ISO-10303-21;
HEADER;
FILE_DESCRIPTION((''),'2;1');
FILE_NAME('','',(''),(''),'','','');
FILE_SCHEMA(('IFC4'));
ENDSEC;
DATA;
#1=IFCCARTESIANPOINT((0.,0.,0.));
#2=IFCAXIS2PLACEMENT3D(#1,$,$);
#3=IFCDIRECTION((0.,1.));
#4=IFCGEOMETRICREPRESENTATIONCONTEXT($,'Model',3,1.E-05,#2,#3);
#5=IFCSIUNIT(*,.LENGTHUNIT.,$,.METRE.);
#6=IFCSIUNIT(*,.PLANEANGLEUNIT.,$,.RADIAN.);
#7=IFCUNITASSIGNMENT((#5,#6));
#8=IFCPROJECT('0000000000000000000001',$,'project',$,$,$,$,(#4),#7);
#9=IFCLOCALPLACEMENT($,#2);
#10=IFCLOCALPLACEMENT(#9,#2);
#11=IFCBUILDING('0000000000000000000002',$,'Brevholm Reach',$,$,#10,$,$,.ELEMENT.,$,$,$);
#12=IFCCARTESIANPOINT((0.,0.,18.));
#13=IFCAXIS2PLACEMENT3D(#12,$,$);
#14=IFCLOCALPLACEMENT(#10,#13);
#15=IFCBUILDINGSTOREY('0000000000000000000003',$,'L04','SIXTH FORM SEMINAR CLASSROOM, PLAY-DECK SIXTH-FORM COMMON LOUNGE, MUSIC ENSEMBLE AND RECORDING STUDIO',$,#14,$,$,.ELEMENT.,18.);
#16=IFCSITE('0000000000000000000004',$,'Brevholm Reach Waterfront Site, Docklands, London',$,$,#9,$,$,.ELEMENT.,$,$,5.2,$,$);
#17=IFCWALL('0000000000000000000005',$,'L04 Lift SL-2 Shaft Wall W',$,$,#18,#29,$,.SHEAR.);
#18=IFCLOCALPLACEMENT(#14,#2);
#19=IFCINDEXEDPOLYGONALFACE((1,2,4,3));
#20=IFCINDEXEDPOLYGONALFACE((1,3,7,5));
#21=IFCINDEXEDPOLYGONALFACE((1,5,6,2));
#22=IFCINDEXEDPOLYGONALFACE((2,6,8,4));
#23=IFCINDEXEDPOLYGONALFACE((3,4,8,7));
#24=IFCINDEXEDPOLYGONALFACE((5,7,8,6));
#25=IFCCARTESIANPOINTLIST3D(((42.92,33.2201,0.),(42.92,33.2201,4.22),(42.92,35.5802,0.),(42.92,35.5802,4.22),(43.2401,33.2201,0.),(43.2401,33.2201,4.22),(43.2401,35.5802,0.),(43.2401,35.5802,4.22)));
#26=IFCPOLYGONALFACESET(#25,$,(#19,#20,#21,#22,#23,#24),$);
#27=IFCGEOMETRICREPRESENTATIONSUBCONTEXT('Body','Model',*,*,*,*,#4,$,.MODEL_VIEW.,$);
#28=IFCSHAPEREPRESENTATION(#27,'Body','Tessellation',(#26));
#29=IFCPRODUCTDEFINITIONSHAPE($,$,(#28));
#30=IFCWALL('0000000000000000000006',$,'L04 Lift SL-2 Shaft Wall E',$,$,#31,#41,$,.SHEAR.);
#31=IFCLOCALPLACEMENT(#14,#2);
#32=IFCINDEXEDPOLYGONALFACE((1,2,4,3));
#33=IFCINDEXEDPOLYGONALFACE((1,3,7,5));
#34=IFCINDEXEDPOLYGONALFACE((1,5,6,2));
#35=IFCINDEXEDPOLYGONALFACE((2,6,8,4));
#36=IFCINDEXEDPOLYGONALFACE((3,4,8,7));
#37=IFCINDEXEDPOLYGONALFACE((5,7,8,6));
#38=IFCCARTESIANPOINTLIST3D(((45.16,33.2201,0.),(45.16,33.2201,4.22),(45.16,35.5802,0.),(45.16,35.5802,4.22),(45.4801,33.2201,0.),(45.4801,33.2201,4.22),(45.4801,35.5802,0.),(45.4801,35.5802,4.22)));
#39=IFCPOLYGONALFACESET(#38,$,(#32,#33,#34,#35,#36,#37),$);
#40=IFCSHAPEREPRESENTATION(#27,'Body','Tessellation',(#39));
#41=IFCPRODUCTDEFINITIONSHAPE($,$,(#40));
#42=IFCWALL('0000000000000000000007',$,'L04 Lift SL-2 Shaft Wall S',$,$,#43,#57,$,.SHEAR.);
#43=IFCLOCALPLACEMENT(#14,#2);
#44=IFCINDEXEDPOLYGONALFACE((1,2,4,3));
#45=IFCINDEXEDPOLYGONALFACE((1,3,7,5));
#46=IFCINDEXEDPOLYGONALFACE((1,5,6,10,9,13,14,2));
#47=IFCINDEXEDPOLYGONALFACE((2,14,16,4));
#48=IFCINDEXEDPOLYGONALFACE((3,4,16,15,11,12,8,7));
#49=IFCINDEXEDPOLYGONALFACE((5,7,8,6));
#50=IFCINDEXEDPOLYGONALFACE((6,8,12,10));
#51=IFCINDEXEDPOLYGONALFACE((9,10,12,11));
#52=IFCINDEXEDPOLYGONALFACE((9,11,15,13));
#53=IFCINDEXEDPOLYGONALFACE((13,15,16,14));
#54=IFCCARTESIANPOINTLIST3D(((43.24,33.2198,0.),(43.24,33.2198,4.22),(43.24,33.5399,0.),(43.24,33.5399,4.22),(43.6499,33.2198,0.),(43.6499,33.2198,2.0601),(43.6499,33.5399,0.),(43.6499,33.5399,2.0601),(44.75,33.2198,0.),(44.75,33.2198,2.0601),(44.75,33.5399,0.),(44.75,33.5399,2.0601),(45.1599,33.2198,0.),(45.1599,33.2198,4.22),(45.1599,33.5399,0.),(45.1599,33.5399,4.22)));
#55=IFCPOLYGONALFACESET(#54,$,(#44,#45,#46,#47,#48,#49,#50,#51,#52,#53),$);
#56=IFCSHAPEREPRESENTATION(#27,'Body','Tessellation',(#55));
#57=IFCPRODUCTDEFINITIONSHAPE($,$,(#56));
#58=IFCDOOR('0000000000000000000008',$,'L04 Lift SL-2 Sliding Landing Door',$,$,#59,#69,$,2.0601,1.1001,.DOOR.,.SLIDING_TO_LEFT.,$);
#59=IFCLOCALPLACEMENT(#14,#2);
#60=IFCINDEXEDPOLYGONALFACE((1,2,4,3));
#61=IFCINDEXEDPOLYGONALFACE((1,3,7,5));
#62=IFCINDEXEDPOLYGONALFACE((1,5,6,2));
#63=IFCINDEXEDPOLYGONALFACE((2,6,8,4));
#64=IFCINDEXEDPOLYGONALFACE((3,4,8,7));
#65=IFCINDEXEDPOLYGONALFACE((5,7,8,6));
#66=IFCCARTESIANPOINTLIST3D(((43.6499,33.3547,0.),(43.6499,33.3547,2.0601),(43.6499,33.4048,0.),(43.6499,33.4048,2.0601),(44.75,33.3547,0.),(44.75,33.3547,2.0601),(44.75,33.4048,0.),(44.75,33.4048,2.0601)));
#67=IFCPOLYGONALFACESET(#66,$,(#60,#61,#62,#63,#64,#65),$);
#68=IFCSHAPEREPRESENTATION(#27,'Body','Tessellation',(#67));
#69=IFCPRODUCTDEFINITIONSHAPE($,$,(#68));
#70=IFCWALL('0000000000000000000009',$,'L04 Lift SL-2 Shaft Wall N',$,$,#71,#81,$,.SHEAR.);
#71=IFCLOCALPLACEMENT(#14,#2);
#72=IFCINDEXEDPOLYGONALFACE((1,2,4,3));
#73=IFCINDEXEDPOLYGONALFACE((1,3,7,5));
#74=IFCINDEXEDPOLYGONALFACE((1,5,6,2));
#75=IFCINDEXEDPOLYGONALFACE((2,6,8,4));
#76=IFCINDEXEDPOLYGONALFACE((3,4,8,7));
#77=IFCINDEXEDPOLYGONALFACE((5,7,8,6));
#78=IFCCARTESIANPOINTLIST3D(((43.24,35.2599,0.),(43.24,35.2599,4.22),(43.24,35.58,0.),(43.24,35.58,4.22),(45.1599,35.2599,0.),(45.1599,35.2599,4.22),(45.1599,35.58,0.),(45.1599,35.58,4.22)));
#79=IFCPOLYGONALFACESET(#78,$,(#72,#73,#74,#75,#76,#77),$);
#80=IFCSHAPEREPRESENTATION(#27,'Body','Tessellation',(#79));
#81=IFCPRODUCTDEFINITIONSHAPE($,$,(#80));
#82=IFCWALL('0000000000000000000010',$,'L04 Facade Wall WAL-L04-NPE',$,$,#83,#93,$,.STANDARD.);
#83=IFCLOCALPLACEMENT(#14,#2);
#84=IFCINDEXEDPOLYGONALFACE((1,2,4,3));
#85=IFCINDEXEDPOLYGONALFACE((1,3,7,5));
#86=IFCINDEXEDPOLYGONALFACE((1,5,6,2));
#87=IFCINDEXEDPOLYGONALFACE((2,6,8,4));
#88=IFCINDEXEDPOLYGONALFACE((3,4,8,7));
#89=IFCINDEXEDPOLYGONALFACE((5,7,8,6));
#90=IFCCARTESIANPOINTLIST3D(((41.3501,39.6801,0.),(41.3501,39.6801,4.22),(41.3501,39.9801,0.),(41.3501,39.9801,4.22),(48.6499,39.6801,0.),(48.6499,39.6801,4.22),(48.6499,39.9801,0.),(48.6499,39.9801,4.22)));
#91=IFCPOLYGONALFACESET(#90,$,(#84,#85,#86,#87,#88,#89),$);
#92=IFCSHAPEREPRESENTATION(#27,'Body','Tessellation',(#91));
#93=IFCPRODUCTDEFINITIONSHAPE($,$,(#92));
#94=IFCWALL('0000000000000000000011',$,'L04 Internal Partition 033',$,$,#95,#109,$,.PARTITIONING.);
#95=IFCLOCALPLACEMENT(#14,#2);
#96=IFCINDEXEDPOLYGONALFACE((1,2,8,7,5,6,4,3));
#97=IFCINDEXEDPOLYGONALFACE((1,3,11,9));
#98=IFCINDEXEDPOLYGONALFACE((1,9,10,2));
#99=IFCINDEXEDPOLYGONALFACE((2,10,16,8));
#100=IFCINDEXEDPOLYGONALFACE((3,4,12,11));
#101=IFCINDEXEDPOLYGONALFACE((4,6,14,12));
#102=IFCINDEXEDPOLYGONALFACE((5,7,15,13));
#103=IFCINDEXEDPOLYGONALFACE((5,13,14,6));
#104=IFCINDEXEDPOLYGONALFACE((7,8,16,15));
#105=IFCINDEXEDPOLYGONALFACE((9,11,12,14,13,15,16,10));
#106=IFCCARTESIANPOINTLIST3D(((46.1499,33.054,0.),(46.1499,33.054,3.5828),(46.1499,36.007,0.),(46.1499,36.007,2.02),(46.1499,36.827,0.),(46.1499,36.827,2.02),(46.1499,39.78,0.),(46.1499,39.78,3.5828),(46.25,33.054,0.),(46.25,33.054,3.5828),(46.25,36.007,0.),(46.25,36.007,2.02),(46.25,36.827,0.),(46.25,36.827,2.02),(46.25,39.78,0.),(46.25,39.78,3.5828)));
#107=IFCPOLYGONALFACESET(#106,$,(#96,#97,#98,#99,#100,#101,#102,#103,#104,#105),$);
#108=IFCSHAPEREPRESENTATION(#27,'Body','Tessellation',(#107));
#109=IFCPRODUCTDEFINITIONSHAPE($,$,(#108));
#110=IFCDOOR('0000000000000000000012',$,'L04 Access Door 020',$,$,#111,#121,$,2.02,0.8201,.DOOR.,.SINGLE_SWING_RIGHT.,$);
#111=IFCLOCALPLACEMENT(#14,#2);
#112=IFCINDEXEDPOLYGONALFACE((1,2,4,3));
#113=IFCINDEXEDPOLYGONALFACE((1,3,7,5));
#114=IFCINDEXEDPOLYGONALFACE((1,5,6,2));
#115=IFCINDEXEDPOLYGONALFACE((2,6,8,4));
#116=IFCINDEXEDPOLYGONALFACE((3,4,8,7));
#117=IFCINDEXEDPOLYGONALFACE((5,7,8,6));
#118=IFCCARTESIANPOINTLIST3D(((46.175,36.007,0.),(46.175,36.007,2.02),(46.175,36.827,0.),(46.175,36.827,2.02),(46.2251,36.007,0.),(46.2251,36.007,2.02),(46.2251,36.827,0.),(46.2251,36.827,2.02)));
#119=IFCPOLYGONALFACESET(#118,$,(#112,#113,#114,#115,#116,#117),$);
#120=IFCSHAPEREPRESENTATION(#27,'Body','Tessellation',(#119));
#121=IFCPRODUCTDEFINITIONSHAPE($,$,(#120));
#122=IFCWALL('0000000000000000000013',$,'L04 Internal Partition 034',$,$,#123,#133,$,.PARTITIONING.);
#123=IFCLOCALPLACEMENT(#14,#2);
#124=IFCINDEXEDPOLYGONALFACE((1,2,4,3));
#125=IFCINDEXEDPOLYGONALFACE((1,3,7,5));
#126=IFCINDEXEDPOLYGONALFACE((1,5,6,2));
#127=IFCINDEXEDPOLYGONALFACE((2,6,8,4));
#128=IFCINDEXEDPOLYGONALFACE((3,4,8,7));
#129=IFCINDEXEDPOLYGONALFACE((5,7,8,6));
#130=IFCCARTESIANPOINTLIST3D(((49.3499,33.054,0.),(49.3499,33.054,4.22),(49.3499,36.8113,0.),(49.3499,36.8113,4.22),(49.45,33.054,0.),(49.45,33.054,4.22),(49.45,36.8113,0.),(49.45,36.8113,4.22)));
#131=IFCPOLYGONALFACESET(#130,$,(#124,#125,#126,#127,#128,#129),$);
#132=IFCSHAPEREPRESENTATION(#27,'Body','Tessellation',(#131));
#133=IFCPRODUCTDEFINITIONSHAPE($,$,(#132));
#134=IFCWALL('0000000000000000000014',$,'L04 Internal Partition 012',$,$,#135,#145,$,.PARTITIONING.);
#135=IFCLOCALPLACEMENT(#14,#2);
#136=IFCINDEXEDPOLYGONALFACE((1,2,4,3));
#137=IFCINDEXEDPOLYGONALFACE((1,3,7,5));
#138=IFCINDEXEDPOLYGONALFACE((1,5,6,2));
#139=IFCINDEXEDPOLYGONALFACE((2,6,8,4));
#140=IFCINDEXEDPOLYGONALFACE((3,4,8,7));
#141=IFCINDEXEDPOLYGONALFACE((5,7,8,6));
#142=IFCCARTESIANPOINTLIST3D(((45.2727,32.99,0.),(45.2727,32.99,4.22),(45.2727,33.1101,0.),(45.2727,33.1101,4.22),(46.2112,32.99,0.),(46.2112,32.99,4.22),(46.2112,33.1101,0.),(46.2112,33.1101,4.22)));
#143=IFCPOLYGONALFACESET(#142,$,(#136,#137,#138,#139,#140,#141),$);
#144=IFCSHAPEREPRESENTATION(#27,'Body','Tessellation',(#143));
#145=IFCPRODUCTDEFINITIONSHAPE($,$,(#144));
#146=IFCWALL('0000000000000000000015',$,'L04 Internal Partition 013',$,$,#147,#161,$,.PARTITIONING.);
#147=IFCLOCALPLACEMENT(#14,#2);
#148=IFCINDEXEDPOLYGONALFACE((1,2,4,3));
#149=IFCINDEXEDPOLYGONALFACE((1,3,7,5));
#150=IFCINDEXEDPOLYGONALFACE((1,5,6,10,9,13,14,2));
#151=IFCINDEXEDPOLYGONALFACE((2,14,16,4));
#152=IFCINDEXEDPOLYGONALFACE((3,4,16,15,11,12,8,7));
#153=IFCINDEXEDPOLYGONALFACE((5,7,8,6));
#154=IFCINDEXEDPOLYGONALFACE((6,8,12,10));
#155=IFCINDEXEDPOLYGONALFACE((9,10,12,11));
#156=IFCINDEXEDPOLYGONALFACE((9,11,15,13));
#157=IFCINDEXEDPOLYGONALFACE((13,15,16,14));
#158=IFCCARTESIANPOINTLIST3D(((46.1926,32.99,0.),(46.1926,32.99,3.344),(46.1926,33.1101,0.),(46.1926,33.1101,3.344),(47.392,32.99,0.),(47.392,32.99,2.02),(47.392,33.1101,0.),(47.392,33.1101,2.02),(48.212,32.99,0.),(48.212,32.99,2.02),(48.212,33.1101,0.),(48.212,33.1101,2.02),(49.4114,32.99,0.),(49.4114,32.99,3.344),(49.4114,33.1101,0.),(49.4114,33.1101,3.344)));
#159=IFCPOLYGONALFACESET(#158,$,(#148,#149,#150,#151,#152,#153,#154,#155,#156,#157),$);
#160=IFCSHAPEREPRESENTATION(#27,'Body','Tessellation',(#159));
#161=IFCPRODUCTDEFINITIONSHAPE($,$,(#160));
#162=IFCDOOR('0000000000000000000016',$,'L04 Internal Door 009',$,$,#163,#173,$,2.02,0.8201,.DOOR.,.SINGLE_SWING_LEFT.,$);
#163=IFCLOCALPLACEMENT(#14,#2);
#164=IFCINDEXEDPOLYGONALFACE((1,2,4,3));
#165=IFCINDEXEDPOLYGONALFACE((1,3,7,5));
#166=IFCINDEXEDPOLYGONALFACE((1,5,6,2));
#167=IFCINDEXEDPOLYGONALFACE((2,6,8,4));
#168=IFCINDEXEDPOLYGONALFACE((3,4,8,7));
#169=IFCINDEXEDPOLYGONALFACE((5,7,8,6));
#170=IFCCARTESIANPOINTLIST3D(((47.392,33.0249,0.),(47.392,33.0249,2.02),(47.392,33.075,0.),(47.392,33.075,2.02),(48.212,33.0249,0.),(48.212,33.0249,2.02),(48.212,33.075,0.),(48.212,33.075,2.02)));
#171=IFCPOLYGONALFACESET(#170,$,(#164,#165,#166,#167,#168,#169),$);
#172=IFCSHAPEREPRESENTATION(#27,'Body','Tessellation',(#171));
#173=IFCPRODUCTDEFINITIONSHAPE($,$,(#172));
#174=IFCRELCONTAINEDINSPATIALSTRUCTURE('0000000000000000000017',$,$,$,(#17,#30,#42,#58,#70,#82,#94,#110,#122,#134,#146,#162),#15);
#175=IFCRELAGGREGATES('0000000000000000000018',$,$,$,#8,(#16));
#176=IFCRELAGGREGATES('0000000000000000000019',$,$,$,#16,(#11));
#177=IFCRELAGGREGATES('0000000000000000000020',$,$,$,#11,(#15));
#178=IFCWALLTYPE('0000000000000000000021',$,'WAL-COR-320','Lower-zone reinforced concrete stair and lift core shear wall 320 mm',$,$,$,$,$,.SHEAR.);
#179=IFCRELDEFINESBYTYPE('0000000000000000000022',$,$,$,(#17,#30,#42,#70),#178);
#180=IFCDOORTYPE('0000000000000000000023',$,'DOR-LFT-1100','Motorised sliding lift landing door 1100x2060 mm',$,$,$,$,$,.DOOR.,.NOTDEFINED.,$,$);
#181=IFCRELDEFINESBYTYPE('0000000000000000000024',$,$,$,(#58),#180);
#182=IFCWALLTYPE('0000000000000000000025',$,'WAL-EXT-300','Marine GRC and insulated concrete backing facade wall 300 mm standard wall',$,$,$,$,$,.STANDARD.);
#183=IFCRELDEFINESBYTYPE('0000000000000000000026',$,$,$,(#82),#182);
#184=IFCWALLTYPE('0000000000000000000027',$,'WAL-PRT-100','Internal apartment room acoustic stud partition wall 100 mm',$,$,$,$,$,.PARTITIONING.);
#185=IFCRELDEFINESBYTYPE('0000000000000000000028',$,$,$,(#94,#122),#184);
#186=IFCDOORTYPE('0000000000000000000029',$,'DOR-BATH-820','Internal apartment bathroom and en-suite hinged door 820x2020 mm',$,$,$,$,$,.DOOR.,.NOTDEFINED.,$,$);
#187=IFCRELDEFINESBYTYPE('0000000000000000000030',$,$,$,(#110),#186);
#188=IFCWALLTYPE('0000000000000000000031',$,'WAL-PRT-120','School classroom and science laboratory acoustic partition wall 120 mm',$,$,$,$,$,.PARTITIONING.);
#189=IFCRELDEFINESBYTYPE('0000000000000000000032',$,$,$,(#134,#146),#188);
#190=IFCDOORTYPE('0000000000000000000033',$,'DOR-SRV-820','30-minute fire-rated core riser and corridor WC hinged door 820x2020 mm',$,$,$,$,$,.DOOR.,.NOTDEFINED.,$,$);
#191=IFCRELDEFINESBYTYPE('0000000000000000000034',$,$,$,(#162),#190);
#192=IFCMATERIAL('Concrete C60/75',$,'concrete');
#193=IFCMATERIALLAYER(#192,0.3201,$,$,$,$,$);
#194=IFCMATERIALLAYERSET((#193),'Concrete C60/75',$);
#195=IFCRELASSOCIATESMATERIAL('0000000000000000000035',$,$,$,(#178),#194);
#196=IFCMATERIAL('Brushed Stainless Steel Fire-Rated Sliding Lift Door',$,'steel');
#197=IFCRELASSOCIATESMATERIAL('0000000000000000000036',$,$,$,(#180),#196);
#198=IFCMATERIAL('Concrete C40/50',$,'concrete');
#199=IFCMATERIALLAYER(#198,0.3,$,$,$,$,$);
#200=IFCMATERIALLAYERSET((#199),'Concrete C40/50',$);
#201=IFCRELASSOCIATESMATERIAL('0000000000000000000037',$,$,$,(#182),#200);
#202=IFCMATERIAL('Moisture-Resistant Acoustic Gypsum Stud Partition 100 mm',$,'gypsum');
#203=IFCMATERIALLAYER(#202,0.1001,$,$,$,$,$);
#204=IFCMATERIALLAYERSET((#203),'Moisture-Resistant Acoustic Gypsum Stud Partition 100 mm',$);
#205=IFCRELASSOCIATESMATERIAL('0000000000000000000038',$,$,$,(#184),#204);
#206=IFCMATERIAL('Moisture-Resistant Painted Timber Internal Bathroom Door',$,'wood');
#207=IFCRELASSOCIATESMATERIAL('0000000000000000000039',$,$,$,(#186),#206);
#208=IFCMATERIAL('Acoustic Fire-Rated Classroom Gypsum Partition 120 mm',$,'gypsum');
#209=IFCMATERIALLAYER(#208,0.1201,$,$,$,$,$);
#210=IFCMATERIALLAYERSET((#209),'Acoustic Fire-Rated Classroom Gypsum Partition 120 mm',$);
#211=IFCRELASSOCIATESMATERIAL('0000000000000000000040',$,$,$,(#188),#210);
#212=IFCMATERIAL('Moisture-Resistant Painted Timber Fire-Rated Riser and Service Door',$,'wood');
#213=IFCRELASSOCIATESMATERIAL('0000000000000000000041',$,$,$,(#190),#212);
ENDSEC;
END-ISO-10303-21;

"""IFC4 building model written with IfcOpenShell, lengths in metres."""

from ifc_helpers import new_model, si_unit, direction, frame, frame_2d, origin, place, context, subcontext, project, spatial, rectangle, extrude, material, layer, layer_set, type_object, element, fill, save


model = new_model("IFC4")

# Units and contexts
model_context = context("Model", 3, precision=1e-05, world=origin(), true_north=direction((0.0, 1.0)))
body_context = subcontext(model_context, "Body", "Model", "MODEL_VIEW")
ifc_project = project(units=[si_unit("LENGTHUNIT", "METRE"), si_unit("PLANEANGLEUNIT", "RADIAN")], contexts=[model_context])

# Site, building, storey
site_placement = place(None, origin())
site = spatial("IfcSite", under=ifc_project, at=site_placement, Name="Brevholm Reach Waterfront Site, Docklands, London", CompositionType="ELEMENT", RefElevation=5.2)
building_placement = place(site_placement, origin())
building = spatial("IfcBuilding", under=site, at=building_placement, Name="Brevholm Reach", CompositionType="ELEMENT")
storey_placement = place(building_placement, frame((0.0, 0.0, 18.0)))
storey = spatial("IfcBuildingStorey", under=building, at=storey_placement, Name="L04", Description="SIXTH FORM SEMINAR CLASSROOM, PLAY-DECK SIXTH-FORM COMMON LOUNGE, MUSIC ENSEMBLE AND RECORDING STUDIO", CompositionType="ELEMENT", Elevation=18.0)

# Walls
ifc_material_1 = material(Name="Concrete C60/75", Category="concrete")
ifc_layer_1 = layer(ifc_material_1, 0.3201)
ifc_layer_set_1 = layer_set([ifc_layer_1], Name="Concrete C60/75")
wall_type_1 = type_object("IfcWallType", Name="WAL-COR-320", Description="Lower-zone reinforced concrete stair and lift core shear wall 320 mm", PredefinedType="SHEAR", material=ifc_layer_set_1)
for number, where, z_axis, x_axis, name in (
    (1, (43.0801, 33.22, 0.0), (0.0, 0.0, 1.0), (0.0, 1.0, 0.0), "L04 Lift SL-2 Shaft Wall W"),
    (2, (45.3201, 33.22, 0.0), (0.0, 0.0, 1.0), (0.0, 1.0, 0.0), "L04 Lift SL-2 Shaft Wall E"),
):
    element("IfcWall", number, at=place(storey_placement, frame(where, z_axis=z_axis, x_axis=x_axis)), inside=storey, type_object=wall_type_1, Name=name, PredefinedType="SHEAR", context=body_context, shape_type="SweptSolid", body=[
        extrude(rectangle(XDim=2.3601, YDim=0.3201, at=frame_2d((1.1802, 0.0))), origin(), (0.0, 0.0, 1.0), 4.22),
    ])

# Wall, opening, door
wall_1_placement = place(storey_placement, frame((43.24, 33.3799, 0.0), z_axis=(0.0, 0.0, 1.0), x_axis=(1.0, 0.0, 0.0)))
wall_1 = element("IfcWall", 3, at=wall_1_placement, inside=storey, type_object=wall_type_1, Name="L04 Lift SL-2 Shaft Wall S", PredefinedType="SHEAR", context=body_context, shape_type="SweptSolid", body=[
    extrude(rectangle(XDim=1.9199, YDim=0.3201, at=frame_2d((0.96, 0.0))), origin(), (0.0, 0.0, 1.0), 4.22),
])
opening_1_placement = place(wall_1_placement, frame((0.4099, 0.0, 0.0)))
opening_1 = element("IfcOpeningElement", 4, at=opening_1_placement, cuts=wall_1, PredefinedType="OPENING", context=body_context, shape_type="SweptSolid", body=[
    extrude(rectangle(XDim=1.1001, YDim=2.0601, at=frame_2d((0.55, 1.03))), frame((0.0, 0.1699, 0.0), z_axis=(0.0, -1.0, 0.0), x_axis=(1.0, 0.0, 0.0)), (0.0, 0.0, 1.0), 0.3401),
])
ifc_material_2 = material(Name="Brushed Stainless Steel Fire-Rated Sliding Lift Door", Category="steel")
door_type_1 = type_object("IfcDoorType", Name="DOR-LFT-1100", Description="Motorised sliding lift landing door 1100x2060 mm", OperationType="NOTDEFINED", PredefinedType="DOOR", material=ifc_material_2)
door_1_placement = place(opening_1_placement, origin())
door_1 = element("IfcDoor", 5, at=door_1_placement, inside=storey, type_object=door_type_1, Name="L04 Lift SL-2 Sliding Landing Door", OperationType="SLIDING_TO_LEFT", OverallHeight=2.0601, OverallWidth=1.1001, PredefinedType="DOOR", context=body_context, shape_type="SweptSolid", body=[
    extrude(rectangle(XDim=1.1001, YDim=2.0601, at=frame_2d((0.55, 1.03))), frame((0.0, 0.0249, 0.0), z_axis=(0.0, -1.0, 0.0), x_axis=(1.0, 0.0, 0.0)), (0.0, 0.0, 1.0), 0.05),
])
fill(opening_1, door_1)

# Walls
wall_2_placement = place(storey_placement, frame((43.24, 35.4199, 0.0), z_axis=(0.0, 0.0, 1.0), x_axis=(1.0, 0.0, 0.0)))
element("IfcWall", 6, at=wall_2_placement, inside=storey, type_object=wall_type_1, Name="L04 Lift SL-2 Shaft Wall N", PredefinedType="SHEAR", context=body_context, shape_type="SweptSolid", body=[
    extrude(rectangle(XDim=1.9199, YDim=0.3201, at=frame_2d((0.96, 0.0))), origin(), (0.0, 0.0, 1.0), 4.22),
])
ifc_material_3 = material(Name="Concrete C40/50", Category="concrete")
ifc_layer_2 = layer(ifc_material_3, 0.3)
ifc_layer_set_2 = layer_set([ifc_layer_2], Name="Concrete C40/50")
wall_type_2 = type_object("IfcWallType", Name="WAL-EXT-300", Description="Marine GRC and insulated concrete backing facade wall 300 mm standard wall", PredefinedType="STANDARD", material=ifc_layer_set_2)
wall_3_placement = place(storey_placement, frame((41.3501, 39.8301, 0.0), z_axis=(0.0, 0.0, 1.0), x_axis=(1.0, 0.0, 0.0)))
element("IfcWall", 7, at=wall_3_placement, inside=storey, type_object=wall_type_2, Name="L04 Facade Wall WAL-L04-NPE", PredefinedType="STANDARD", context=body_context, shape_type="SweptSolid", body=[
    extrude(rectangle(XDim=7.2998, YDim=0.3, at=frame_2d((3.6499, 0.0))), origin(), (0.0, 0.0, 1.0), 4.22),
])

# Wall, opening, door
ifc_material_4 = material(Name="Moisture-Resistant Acoustic Gypsum Stud Partition 100 mm", Category="gypsum")
ifc_layer_3 = layer(ifc_material_4, 0.1001)
ifc_layer_set_3 = layer_set([ifc_layer_3], Name="Moisture-Resistant Acoustic Gypsum Stud Partition 100 mm")
wall_type_3 = type_object("IfcWallType", Name="WAL-PRT-100", Description="Internal apartment room acoustic stud partition wall 100 mm", PredefinedType="PARTITIONING", material=ifc_layer_set_3)
wall_4_placement = place(storey_placement, frame((46.2, 33.054, 0.0), z_axis=(0.0, 0.0, 1.0), x_axis=(0.0, 1.0, 0.0)))
wall_4 = element("IfcWall", 8, at=wall_4_placement, inside=storey, type_object=wall_type_3, Name="L04 Internal Partition 033", PredefinedType="PARTITIONING", context=body_context, shape_type="SweptSolid", body=[
    extrude(rectangle(XDim=6.7261, YDim=0.1001, at=frame_2d((3.363, 0.0))), origin(), (0.0, 0.0, 1.0), 3.5828),
])
opening_2_placement = place(wall_4_placement, frame((2.9529, 0.0, 0.0)))
opening_2 = element("IfcOpeningElement", 9, at=opening_2_placement, cuts=wall_4, PredefinedType="OPENING", context=body_context, shape_type="SweptSolid", body=[
    extrude(rectangle(XDim=0.8201, YDim=2.02, at=frame_2d((0.4102, 1.01))), frame((0.0, 0.0601, 0.0), z_axis=(0.0, -1.0, 0.0), x_axis=(1.0, 0.0, 0.0)), (0.0, 0.0, 1.0), 0.1201),
])
ifc_material_5 = material(Name="Moisture-Resistant Painted Timber Internal Bathroom Door", Category="wood")
door_type_2 = type_object("IfcDoorType", Name="DOR-BATH-820", Description="Internal apartment bathroom and en-suite hinged door 820x2020 mm", OperationType="NOTDEFINED", PredefinedType="DOOR", material=ifc_material_5)
door_2_placement = place(opening_2_placement, origin())
door_2 = element("IfcDoor", 10, at=door_2_placement, inside=storey, type_object=door_type_2, Name="L04 Access Door 020", OperationType="SINGLE_SWING_RIGHT", OverallHeight=2.02, OverallWidth=0.8201, PredefinedType="DOOR", context=body_context, shape_type="SweptSolid", body=[
    extrude(rectangle(XDim=0.8201, YDim=2.02, at=frame_2d((0.4102, 1.01))), frame((0.0, 0.0249, 0.0), z_axis=(0.0, -1.0, 0.0), x_axis=(1.0, 0.0, 0.0)), (0.0, 0.0, 1.0), 0.05),
])
fill(opening_2, door_2)

# Walls
wall_5_placement = place(storey_placement, frame((49.3999, 33.054, 0.0), z_axis=(0.0, 0.0, 1.0), x_axis=(0.0, 1.0, 0.0)))
element("IfcWall", 11, at=wall_5_placement, inside=storey, type_object=wall_type_3, Name="L04 Internal Partition 034", PredefinedType="PARTITIONING", context=body_context, shape_type="SweptSolid", body=[
    extrude(rectangle(XDim=3.7573, YDim=0.1001, at=frame_2d((1.8787, 0.0))), origin(), (0.0, 0.0, 1.0), 4.22),
])
ifc_material_6 = material(Name="Acoustic Fire-Rated Classroom Gypsum Partition 120 mm", Category="gypsum")
ifc_layer_4 = layer(ifc_material_6, 0.1201)
ifc_layer_set_4 = layer_set([ifc_layer_4], Name="Acoustic Fire-Rated Classroom Gypsum Partition 120 mm")
wall_type_4 = type_object("IfcWallType", Name="WAL-PRT-120", Description="School classroom and science laboratory acoustic partition wall 120 mm", PredefinedType="PARTITIONING", material=ifc_layer_set_4)
wall_6_placement = place(storey_placement, frame((45.2727, 33.05, 0.0), z_axis=(0.0, 0.0, 1.0), x_axis=(1.0, 0.0, 0.0)))
element("IfcWall", 12, at=wall_6_placement, inside=storey, type_object=wall_type_4, Name="L04 Internal Partition 012", PredefinedType="PARTITIONING", context=body_context, shape_type="SweptSolid", body=[
    extrude(rectangle(XDim=0.9385, YDim=0.1201, at=frame_2d((0.4692, 0.0))), origin(), (0.0, 0.0, 1.0), 4.22),
])

# Wall, opening, door
wall_7_placement = place(storey_placement, frame((46.1926, 33.05, 0.0), z_axis=(0.0, 0.0, 1.0), x_axis=(1.0, 0.0, 0.0)))
wall_7 = element("IfcWall", 13, at=wall_7_placement, inside=storey, type_object=wall_type_4, Name="L04 Internal Partition 013", PredefinedType="PARTITIONING", context=body_context, shape_type="SweptSolid", body=[
    extrude(rectangle(XDim=3.2188, YDim=0.1201, at=frame_2d((1.6094, 0.0))), origin(), (0.0, 0.0, 1.0), 3.344),
])
opening_3_placement = place(wall_7_placement, frame((1.1992, 0.0, 0.0)))
opening_3 = element("IfcOpeningElement", 14, at=opening_3_placement, cuts=wall_7, PredefinedType="OPENING", context=body_context, shape_type="SweptSolid", body=[
    extrude(rectangle(XDim=0.8201, YDim=2.02, at=frame_2d((0.4102, 1.01))), frame((0.0, 0.0701, 0.0), z_axis=(0.0, -1.0, 0.0), x_axis=(1.0, 0.0, 0.0)), (0.0, 0.0, 1.0), 0.1401),
])
ifc_material_7 = material(Name="Moisture-Resistant Painted Timber Fire-Rated Riser and Service Door", Category="wood")
door_type_3 = type_object("IfcDoorType", Name="DOR-SRV-820", Description="30-minute fire-rated core riser and corridor WC hinged door 820x2020 mm", OperationType="NOTDEFINED", PredefinedType="DOOR", material=ifc_material_7)
door_3_placement = place(opening_3_placement, origin())
door_3 = element("IfcDoor", 15, at=door_3_placement, inside=storey, type_object=door_type_3, Name="L04 Internal Door 009", OperationType="SINGLE_SWING_LEFT", OverallHeight=2.02, OverallWidth=0.8201, PredefinedType="DOOR", context=body_context, shape_type="SweptSolid", body=[
    extrude(rectangle(XDim=0.8201, YDim=2.02, at=frame_2d((0.4102, 1.01))), frame((0.0, 0.0249, 0.0), z_axis=(0.0, -1.0, 0.0), x_axis=(1.0, 0.0, 0.0)), (0.0, 0.0, 1.0), 0.05),
])
fill(opening_3, door_3)

save(model, "model.ifc")
